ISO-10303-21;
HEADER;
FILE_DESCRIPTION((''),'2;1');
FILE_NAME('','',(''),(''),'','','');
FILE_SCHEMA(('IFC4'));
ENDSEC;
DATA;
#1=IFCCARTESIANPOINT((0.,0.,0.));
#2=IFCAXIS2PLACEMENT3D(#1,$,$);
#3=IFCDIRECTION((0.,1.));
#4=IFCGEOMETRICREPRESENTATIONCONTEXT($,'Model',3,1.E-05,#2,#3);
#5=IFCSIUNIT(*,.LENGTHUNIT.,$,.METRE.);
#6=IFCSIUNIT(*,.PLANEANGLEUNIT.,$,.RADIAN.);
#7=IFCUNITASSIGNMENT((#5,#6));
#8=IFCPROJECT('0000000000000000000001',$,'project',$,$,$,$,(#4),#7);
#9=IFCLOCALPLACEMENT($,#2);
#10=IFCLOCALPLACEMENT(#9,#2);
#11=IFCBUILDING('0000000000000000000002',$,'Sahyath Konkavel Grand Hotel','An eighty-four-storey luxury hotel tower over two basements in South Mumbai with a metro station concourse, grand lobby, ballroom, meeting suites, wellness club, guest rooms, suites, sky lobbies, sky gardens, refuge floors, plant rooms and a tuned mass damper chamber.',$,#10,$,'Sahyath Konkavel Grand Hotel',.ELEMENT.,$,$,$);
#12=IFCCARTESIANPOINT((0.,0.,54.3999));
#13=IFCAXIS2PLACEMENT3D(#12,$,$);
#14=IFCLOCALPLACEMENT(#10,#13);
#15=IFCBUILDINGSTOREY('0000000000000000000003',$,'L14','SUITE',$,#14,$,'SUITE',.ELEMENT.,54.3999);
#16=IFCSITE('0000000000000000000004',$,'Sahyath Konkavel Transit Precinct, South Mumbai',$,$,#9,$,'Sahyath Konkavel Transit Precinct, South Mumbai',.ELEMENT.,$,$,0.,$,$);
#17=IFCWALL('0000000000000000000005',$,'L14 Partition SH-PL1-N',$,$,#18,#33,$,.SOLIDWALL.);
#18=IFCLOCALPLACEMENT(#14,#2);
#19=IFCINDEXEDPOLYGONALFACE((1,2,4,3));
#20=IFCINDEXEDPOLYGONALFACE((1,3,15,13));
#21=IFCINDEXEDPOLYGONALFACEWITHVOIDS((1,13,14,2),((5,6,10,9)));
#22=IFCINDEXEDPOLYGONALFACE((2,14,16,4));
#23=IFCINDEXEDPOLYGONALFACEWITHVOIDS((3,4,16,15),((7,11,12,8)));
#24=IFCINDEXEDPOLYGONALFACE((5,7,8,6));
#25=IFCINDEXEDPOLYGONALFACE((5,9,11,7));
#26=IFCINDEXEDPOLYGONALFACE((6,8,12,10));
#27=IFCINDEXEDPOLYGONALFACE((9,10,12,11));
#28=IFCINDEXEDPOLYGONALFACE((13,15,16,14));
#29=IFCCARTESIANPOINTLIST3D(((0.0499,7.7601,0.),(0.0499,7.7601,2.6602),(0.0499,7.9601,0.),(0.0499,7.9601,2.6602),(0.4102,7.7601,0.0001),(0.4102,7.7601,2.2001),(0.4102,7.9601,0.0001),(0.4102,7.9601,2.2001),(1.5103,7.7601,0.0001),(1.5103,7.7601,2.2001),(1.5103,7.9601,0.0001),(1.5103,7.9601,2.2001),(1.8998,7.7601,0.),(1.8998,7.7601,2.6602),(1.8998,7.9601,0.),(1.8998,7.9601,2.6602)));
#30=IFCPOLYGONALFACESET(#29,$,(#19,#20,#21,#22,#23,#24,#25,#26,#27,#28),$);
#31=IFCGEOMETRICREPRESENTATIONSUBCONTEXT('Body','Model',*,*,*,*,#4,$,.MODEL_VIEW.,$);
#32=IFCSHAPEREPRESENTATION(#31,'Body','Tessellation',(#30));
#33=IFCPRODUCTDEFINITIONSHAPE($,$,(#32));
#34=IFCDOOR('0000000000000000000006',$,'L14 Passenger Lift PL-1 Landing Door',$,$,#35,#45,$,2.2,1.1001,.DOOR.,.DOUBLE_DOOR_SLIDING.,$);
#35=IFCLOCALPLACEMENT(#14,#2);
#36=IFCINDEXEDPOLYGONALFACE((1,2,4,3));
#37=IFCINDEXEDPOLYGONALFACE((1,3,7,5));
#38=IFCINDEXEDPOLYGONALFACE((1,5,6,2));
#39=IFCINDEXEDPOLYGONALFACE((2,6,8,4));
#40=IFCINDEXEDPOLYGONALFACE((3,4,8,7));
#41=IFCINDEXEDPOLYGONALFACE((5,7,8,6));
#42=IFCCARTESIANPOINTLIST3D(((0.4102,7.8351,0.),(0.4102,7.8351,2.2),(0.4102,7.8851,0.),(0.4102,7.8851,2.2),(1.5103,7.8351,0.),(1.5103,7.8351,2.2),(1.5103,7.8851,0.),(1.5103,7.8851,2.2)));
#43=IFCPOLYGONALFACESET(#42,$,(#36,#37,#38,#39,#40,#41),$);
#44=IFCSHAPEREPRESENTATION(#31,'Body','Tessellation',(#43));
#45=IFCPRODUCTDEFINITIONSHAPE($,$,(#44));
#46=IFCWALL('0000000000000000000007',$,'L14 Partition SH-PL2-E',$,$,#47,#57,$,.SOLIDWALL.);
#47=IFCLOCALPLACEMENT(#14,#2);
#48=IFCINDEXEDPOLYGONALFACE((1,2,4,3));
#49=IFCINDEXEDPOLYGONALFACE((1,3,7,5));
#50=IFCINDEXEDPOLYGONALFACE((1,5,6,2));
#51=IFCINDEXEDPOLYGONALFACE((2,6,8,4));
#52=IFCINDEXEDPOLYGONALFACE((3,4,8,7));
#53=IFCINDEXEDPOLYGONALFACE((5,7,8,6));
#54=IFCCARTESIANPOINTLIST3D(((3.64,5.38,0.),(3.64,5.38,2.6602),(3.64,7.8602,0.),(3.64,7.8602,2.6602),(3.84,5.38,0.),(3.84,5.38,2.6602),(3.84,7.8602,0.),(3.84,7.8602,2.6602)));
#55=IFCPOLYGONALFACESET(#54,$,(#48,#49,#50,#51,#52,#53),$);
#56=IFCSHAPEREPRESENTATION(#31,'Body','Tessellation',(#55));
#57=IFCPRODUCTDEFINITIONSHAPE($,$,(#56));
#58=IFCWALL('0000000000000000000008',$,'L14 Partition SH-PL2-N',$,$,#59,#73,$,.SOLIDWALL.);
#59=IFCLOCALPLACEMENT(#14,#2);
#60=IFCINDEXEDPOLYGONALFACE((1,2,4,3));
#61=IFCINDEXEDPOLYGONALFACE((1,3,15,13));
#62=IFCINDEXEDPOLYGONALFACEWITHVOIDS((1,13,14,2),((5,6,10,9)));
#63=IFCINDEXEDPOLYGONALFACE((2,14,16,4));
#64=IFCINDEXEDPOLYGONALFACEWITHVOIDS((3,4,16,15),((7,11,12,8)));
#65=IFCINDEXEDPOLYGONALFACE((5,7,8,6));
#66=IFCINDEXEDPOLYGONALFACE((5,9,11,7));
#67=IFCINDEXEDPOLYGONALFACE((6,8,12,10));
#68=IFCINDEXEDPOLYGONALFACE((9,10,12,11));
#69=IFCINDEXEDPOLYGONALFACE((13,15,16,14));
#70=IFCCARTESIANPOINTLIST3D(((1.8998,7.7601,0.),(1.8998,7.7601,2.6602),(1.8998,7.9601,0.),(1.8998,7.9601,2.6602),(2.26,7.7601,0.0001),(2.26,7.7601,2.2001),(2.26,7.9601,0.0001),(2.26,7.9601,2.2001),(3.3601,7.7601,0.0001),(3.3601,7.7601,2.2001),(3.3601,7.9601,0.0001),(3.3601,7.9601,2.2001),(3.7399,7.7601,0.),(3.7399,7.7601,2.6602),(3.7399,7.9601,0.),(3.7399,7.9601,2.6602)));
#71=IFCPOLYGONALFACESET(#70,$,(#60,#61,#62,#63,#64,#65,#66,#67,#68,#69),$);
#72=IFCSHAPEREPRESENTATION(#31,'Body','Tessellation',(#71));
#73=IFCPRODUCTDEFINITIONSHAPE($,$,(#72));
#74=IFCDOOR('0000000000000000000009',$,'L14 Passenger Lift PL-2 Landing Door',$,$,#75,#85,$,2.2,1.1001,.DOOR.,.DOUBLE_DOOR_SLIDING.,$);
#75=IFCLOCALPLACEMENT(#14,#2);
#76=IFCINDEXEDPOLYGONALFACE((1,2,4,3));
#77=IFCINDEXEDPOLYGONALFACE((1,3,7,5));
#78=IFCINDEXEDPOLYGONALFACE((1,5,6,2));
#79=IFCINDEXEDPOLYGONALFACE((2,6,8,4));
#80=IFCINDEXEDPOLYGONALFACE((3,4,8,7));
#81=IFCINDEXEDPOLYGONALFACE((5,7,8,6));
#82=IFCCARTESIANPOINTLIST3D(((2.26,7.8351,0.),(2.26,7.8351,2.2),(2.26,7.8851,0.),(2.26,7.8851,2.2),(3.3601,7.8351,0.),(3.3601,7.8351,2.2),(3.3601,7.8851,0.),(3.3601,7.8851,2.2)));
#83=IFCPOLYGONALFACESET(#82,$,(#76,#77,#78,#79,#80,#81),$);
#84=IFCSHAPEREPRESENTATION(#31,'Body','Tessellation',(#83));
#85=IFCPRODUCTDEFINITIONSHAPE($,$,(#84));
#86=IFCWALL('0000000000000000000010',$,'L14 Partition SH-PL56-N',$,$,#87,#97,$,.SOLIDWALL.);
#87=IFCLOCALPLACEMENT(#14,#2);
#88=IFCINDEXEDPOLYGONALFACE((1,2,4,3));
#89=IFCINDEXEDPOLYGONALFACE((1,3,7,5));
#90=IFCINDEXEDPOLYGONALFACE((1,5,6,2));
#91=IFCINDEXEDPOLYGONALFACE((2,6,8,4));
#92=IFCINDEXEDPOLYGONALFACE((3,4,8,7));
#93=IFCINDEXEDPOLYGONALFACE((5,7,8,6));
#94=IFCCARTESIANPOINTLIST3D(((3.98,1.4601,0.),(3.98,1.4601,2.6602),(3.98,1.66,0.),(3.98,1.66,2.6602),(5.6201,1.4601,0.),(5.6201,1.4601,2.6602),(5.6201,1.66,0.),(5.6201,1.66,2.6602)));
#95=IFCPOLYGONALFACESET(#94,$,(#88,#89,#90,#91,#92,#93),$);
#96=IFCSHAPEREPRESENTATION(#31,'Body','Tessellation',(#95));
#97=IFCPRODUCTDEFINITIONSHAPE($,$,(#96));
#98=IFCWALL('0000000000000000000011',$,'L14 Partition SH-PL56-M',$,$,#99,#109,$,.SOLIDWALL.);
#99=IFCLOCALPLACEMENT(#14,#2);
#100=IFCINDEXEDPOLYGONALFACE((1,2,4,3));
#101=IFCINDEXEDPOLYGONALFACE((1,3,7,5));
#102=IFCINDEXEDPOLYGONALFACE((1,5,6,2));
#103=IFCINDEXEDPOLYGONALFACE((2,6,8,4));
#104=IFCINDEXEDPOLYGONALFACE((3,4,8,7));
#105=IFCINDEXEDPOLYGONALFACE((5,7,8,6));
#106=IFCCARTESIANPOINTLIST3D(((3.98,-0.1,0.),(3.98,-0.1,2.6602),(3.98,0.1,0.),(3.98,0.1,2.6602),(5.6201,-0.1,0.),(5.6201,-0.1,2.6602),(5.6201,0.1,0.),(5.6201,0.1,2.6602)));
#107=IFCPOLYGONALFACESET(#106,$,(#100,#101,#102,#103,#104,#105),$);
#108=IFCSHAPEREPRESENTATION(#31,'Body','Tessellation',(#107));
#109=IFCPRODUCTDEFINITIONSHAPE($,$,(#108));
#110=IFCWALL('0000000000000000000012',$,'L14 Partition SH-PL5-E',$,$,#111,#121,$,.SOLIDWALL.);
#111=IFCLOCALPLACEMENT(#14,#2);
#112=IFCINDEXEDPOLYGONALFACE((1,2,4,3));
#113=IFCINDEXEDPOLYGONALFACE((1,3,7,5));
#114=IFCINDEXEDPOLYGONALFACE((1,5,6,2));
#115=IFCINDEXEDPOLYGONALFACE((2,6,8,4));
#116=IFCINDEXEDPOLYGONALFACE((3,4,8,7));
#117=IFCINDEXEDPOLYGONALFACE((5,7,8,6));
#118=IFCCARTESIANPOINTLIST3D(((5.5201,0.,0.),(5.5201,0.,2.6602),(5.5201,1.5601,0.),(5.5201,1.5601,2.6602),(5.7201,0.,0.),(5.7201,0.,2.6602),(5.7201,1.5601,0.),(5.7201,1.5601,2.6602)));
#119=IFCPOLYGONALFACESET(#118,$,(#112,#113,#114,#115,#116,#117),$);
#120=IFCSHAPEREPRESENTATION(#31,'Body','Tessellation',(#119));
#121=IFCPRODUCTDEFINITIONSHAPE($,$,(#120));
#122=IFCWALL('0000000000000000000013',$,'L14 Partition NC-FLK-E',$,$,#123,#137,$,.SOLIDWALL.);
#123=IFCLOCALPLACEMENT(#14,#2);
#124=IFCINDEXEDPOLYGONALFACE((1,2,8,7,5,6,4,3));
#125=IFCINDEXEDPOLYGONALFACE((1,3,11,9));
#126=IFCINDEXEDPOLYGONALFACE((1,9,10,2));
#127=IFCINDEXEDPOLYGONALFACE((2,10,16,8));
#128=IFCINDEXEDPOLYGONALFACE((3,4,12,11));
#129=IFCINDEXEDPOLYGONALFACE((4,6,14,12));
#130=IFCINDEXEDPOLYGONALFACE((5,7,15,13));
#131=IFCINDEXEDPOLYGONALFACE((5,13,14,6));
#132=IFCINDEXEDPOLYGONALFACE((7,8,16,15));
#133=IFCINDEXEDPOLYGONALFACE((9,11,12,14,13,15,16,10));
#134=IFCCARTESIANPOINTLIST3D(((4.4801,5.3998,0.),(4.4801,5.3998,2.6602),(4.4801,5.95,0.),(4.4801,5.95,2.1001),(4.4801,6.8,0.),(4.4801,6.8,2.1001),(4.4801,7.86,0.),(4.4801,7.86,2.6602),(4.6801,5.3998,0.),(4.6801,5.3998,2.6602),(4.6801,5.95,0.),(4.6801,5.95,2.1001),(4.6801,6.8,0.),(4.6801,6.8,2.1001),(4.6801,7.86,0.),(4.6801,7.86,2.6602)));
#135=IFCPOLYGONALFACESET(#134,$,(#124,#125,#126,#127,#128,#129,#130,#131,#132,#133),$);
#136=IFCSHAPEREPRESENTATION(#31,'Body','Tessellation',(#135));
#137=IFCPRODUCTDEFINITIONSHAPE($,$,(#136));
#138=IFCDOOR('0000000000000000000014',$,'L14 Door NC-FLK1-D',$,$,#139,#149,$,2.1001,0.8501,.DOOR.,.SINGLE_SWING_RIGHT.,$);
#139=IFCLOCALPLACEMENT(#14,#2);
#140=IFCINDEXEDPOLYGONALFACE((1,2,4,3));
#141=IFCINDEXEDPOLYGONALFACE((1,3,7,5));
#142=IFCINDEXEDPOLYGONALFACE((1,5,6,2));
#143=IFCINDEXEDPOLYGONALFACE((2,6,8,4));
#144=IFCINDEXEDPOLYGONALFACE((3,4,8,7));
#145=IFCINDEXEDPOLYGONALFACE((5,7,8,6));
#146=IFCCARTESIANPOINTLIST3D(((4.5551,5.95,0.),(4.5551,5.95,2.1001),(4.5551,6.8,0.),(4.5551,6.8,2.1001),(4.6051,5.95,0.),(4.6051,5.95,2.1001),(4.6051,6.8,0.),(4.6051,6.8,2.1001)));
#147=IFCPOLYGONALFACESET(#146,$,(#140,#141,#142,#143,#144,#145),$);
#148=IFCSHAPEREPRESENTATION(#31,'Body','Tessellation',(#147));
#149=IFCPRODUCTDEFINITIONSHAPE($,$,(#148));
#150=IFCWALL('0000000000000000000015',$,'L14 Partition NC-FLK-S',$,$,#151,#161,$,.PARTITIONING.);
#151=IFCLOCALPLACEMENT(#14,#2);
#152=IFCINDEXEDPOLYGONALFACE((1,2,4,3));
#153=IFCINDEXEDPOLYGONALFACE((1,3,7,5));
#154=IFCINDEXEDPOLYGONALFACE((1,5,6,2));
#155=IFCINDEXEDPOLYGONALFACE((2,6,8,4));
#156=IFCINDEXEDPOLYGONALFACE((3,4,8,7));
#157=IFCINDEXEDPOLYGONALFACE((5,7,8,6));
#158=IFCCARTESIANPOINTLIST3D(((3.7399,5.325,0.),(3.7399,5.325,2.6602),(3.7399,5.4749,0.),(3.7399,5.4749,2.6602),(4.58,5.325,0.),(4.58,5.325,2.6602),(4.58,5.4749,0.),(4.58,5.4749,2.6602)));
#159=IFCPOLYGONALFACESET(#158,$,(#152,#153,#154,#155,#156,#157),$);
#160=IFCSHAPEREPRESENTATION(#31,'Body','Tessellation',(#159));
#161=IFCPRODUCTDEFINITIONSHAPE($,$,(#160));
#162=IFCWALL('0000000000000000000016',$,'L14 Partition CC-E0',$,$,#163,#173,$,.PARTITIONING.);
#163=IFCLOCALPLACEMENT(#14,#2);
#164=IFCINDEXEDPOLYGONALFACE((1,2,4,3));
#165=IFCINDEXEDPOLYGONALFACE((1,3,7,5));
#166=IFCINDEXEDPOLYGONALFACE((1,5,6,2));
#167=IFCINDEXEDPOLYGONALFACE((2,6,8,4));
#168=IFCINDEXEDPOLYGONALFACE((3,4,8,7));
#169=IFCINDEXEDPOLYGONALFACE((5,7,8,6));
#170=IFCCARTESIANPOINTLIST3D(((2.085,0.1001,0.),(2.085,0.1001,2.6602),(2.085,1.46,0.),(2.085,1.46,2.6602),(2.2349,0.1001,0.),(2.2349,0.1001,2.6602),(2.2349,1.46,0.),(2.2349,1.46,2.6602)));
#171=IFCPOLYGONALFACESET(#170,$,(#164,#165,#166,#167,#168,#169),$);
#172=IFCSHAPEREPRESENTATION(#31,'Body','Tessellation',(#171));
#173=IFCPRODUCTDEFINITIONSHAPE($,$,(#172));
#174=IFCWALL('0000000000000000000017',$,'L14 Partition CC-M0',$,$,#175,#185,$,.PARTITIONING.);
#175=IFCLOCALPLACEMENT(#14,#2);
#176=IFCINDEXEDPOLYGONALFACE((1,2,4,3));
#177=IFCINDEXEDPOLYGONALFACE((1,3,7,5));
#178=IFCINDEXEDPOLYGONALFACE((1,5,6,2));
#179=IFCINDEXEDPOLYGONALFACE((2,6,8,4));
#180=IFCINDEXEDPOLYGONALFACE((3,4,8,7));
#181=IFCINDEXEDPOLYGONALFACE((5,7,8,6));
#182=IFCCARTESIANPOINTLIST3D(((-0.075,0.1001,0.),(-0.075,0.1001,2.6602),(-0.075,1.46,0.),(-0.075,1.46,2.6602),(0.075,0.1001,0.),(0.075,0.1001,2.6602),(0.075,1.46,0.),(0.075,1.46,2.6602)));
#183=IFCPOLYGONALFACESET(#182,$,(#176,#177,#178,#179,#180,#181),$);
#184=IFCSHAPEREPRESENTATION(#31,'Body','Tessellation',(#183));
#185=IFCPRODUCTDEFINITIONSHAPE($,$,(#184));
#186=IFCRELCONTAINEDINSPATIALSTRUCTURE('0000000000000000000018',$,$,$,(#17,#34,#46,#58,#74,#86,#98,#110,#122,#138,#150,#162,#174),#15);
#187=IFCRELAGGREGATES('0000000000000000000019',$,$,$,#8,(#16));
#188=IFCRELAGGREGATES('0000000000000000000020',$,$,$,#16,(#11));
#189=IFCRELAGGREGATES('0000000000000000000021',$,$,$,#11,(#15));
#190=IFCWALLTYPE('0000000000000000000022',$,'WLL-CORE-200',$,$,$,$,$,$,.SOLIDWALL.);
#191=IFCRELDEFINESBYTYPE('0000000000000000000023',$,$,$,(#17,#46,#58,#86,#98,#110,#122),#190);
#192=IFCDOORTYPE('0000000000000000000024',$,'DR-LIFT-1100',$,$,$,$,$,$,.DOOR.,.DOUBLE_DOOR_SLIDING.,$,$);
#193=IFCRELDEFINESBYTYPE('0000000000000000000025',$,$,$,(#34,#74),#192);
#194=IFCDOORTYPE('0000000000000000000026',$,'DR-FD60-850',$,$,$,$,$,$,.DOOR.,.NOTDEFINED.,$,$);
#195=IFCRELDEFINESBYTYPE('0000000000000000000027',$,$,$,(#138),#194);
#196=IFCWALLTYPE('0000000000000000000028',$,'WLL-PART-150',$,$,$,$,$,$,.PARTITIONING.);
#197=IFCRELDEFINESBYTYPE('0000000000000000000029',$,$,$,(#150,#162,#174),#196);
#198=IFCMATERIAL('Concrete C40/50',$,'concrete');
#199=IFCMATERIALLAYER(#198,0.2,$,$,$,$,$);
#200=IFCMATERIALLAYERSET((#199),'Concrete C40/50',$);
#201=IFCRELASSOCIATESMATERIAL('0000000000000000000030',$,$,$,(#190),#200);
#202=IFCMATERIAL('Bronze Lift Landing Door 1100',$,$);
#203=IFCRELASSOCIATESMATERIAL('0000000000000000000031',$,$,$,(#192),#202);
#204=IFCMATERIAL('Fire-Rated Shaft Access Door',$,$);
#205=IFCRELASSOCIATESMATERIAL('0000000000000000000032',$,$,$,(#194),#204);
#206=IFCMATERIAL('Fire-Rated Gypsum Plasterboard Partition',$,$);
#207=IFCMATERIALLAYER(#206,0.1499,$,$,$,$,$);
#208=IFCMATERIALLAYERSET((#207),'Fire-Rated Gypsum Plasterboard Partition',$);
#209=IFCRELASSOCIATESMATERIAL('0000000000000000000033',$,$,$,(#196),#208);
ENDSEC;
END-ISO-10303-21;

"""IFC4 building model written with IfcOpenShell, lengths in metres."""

from ifc_helpers import new_model, si_unit, direction, frame, frame_2d, origin, origin_2d, place, context, subcontext, project, spatial, rectangle, extrude, source, transform, mapped, material, layer, layer_set, type_object, element, fill, save


model = new_model("IFC4")

# Units and contexts
model_context = context("Model", 3, precision=1e-05, world=origin(), true_north=direction((0.0, 1.0)))
body_context = subcontext(model_context, "Body", "Model", "MODEL_VIEW")
ifc_project = project(units=[si_unit("LENGTHUNIT", "METRE"), si_unit("PLANEANGLEUNIT", "RADIAN")], contexts=[model_context])

# Site, building, storey
site_placement = place(None, origin())
site = spatial("IfcSite", under=ifc_project, at=site_placement, Name="Sahyath Konkavel Transit Precinct, South Mumbai", LongName="Sahyath Konkavel Transit Precinct, South Mumbai", CompositionType="ELEMENT", RefElevation=0.0)
building_placement = place(site_placement, origin())
building = spatial("IfcBuilding", under=site, at=building_placement, Name="Sahyath Konkavel Grand Hotel", Description="An eighty-four-storey luxury hotel tower over two basements in South Mumbai with a metro station concourse, grand lobby, ballroom, meeting suites, wellness club, guest rooms, suites, sky lobbies, sky gardens, refuge floors, plant rooms and a tuned mass damper chamber.", LongName="Sahyath Konkavel Grand Hotel", CompositionType="ELEMENT")
storey_placement = place(building_placement, frame((0.0, 0.0, 54.3999)))
storey = spatial("IfcBuildingStorey", under=building, at=storey_placement, Name="L14", Description="SUITE", LongName="SUITE", CompositionType="ELEMENT", Elevation=54.3999)

# Shared definitions
ifc_material_1 = material(Name="Concrete C40/50", Category="concrete")

# Shared definitions
ifc_layer_1 = layer(ifc_material_1, 0.2)
ifc_layer_set_1 = layer_set([ifc_layer_1], Name="Concrete C40/50")
wall_type_1 = type_object("IfcWallType", Name="WLL-CORE-200", PredefinedType="SOLIDWALL", material=ifc_layer_set_1)

# Shared definitions
ifc_material_2 = material(Name="Bronze Lift Landing Door 1100")
door_type_1 = type_object("IfcDoorType", Name="DR-LIFT-1100", OperationType="DOUBLE_DOOR_SLIDING", PredefinedType="DOOR", material=ifc_material_2)
shared_shape_1 = source(origin(), body_context, "Body", "SweptSolid", [
    extrude(rectangle(XDim=1.1001, YDim=0.05, at=origin_2d()), origin(), (0.0, 0.0, 1.0), 2.2),
])

# Wall, opening, door
wall_1_placement = place(storey_placement, frame((0.05, 7.8601, 0.0), z_axis=(0.0, 0.0, 1.0), x_axis=(1.0, 0.0, 0.0)))
wall_1 = element("IfcWall", 1, at=wall_1_placement, inside=storey, type_object=wall_type_1, Name="L14 Partition SH-PL1-N", PredefinedType="SOLIDWALL", context=body_context, shape_type="SweptSolid", body=[
    extrude(rectangle(XDim=1.8499, YDim=0.2, at=frame_2d((0.9248, 0.0))), origin(), (0.0, 0.0, 1.0), 2.6602),
])
opening_1_placement = place(wall_1_placement, frame((0.3601, 0.0, 0.0)))
opening_1 = element("IfcOpeningElement", 2, at=opening_1_placement, cuts=wall_1, PredefinedType="OPENING", context=body_context, shape_type="SweptSolid", body=[
    extrude(rectangle(XDim=1.1001, YDim=2.2, at=frame_2d((0.55, 1.1001))), frame((0.0, 0.1099, 0.0), z_axis=(0.0, -1.0, 0.0), x_axis=(1.0, 0.0, 0.0)), (0.0, 0.0, 1.0), 0.22),
])
door_1_placement = place(opening_1_placement, frame((0.55, 0.0, 0.0)))
door_1 = element("IfcDoor", 3, at=door_1_placement, inside=storey, type_object=door_type_1, Name="L14 Passenger Lift PL-1 Landing Door", OperationType="DOUBLE_DOOR_SLIDING", OverallHeight=2.2, OverallWidth=1.1001, PredefinedType="DOOR", context=body_context, shape_type="MappedRepresentation", body=[
    mapped(shared_shape_1, transform((0.0, 0.0, 0.0), scale=1.0)),
])
fill(opening_1, door_1)

# Wall
wall_2_placement = place(storey_placement, frame((3.74, 5.3799, 0.0), z_axis=(0.0, 0.0, 1.0), x_axis=(0.0, 1.0, 0.0)))
element("IfcWall", 4, at=wall_2_placement, inside=storey, type_object=wall_type_1, Name="L14 Partition SH-PL2-E", PredefinedType="SOLIDWALL", context=body_context, shape_type="SweptSolid", body=[
    extrude(rectangle(XDim=2.4802, YDim=0.2, at=frame_2d((1.2402, 0.0))), origin(), (0.0, 0.0, 1.0), 2.6602),
])

# Wall, opening, door
wall_3_placement = place(storey_placement, frame((1.8999, 7.8601, 0.0), z_axis=(0.0, 0.0, 1.0), x_axis=(1.0, 0.0, 0.0)))
wall_3 = element("IfcWall", 5, at=wall_3_placement, inside=storey, type_object=wall_type_1, Name="L14 Partition SH-PL2-N", PredefinedType="SOLIDWALL", context=body_context, shape_type="SweptSolid", body=[
    extrude(rectangle(XDim=1.8401, YDim=0.2, at=frame_2d((0.9199, 0.0))), origin(), (0.0, 0.0, 1.0), 2.6602),
])
opening_2_placement = place(wall_3_placement, frame((0.3601, 0.0, 0.0)))
opening_2 = element("IfcOpeningElement", 6, at=opening_2_placement, cuts=wall_3, PredefinedType="OPENING", context=body_context, shape_type="SweptSolid", body=[
    extrude(rectangle(XDim=1.1001, YDim=2.2, at=frame_2d((0.55, 1.1001))), frame((0.0, 0.1099, 0.0), z_axis=(0.0, -1.0, 0.0), x_axis=(1.0, 0.0, 0.0)), (0.0, 0.0, 1.0), 0.22),
])
door_2_placement = place(opening_2_placement, frame((0.55, 0.0, 0.0)))
door_2 = element("IfcDoor", 7, at=door_2_placement, inside=storey, type_object=door_type_1, Name="L14 Passenger Lift PL-2 Landing Door", OperationType="DOUBLE_DOOR_SLIDING", OverallHeight=2.2, OverallWidth=1.1001, PredefinedType="DOOR", context=body_context, shape_type="MappedRepresentation", body=[
    mapped(shared_shape_1, transform((0.0, 0.0, 0.0), scale=1.0)),
])
fill(opening_2, door_2)

# Walls
for number, where, z_axis, x_axis, name in (
    (8, (3.98, 1.5601, 0.0), (0.0, 0.0, 1.0), (1.0, 0.0, 0.0), "L14 Partition SH-PL56-N"),
    (9, (3.98, 0.0, 0.0), (0.0, 0.0, 1.0), (1.0, 0.0, 0.0), "L14 Partition SH-PL56-M"),
):
    element("IfcWall", number, at=place(storey_placement, frame(where, z_axis=z_axis, x_axis=x_axis)), inside=storey, type_object=wall_type_1, Name=name, PredefinedType="SOLIDWALL", context=body_context, shape_type="SweptSolid", body=[
        extrude(rectangle(XDim=1.6401, YDim=0.2, at=frame_2d((0.8201, 0.0))), origin(), (0.0, 0.0, 1.0), 2.6602),
    ])
wall_4_placement = place(storey_placement, frame((5.6201, 0.0, 0.0), z_axis=(0.0, 0.0, 1.0), x_axis=(0.0, 1.0, 0.0)))
element("IfcWall", 10, at=wall_4_placement, inside=storey, type_object=wall_type_1, Name="L14 Partition SH-PL5-E", PredefinedType="SOLIDWALL", context=body_context, shape_type="SweptSolid", body=[
    extrude(rectangle(XDim=1.5601, YDim=0.2, at=frame_2d((0.78, 0.0))), origin(), (0.0, 0.0, 1.0), 2.6602),
])

# Wall, opening, door
wall_5_placement = place(storey_placement, frame((4.5801, 5.3999, 0.0), z_axis=(0.0, 0.0, 1.0), x_axis=(0.0, 1.0, 0.0)))
wall_5 = element("IfcWall", 11, at=wall_5_placement, inside=storey, type_object=wall_type_1, Name="L14 Partition NC-FLK-E", PredefinedType="SOLIDWALL", context=body_context, shape_type="SweptSolid", body=[
    extrude(rectangle(XDim=2.4602, YDim=0.2, at=frame_2d((1.23, 0.0))), origin(), (0.0, 0.0, 1.0), 2.6602),
])
opening_3_placement = place(wall_5_placement, frame((0.55, 0.0, 0.0)))
opening_3 = element("IfcOpeningElement", 12, at=opening_3_placement, cuts=wall_5, PredefinedType="OPENING", context=body_context, shape_type="SweptSolid", body=[
    extrude(rectangle(XDim=0.8501, YDim=2.1001, at=frame_2d((0.425, 1.05))), frame((0.0, 0.1099, 0.0), z_axis=(0.0, -1.0, 0.0), x_axis=(1.0, 0.0, 0.0)), (0.0, 0.0, 1.0), 0.22),
])
ifc_material_3 = material(Name="Fire-Rated Shaft Access Door")
door_type_2 = type_object("IfcDoorType", Name="DR-FD60-850", OperationType="NOTDEFINED", PredefinedType="DOOR", material=ifc_material_3)
shared_shape_2 = source(origin(), body_context, "Body", "SweptSolid", [
    extrude(rectangle(XDim=0.8501, YDim=0.05, at=origin_2d()), origin(), (0.0, 0.0, 1.0), 2.1001),
])
door_3_placement = place(opening_3_placement, frame((0.425, 0.0, 0.0)))
door_3 = element("IfcDoor", 13, at=door_3_placement, inside=storey, type_object=door_type_2, Name="L14 Door NC-FLK1-D", OperationType="SINGLE_SWING_RIGHT", OverallHeight=2.1001, OverallWidth=0.8501, PredefinedType="DOOR", context=body_context, shape_type="MappedRepresentation", body=[
    mapped(shared_shape_2, transform((0.0, 0.0, 0.0), scale=1.0)),
])
fill(opening_3, door_3)

# Walls
ifc_material_4 = material(Name="Fire-Rated Gypsum Plasterboard Partition")
ifc_layer_2 = layer(ifc_material_4, 0.1499)
ifc_layer_set_2 = layer_set([ifc_layer_2], Name="Fire-Rated Gypsum Plasterboard Partition")
wall_type_2 = type_object("IfcWallType", Name="WLL-PART-150", PredefinedType="PARTITIONING", material=ifc_layer_set_2)
wall_6_placement = place(storey_placement, frame((3.74, 5.3999, 0.0), z_axis=(0.0, 0.0, 1.0), x_axis=(1.0, 0.0, 0.0)))
element("IfcWall", 14, at=wall_6_placement, inside=storey, type_object=wall_type_2, Name="L14 Partition NC-FLK-S", PredefinedType="PARTITIONING", context=body_context, shape_type="SweptSolid", body=[
    extrude(rectangle(XDim=0.8401, YDim=0.1499, at=frame_2d((0.4199, 0.0))), origin(), (0.0, 0.0, 1.0), 2.6602),
])
for number, where, z_axis, x_axis, name in (
    (15, (2.1599, 0.1001, 0.0), (0.0, 0.0, 1.0), (0.0, 1.0, 0.0), "L14 Partition CC-E0"),
    (16, (0.0, 0.1001, 0.0), (0.0, 0.0, 1.0), (0.0, 1.0, 0.0), "L14 Partition CC-M0"),
):
    element("IfcWall", number, at=place(storey_placement, frame(where, z_axis=z_axis, x_axis=x_axis)), inside=storey, type_object=wall_type_2, Name=name, PredefinedType="PARTITIONING", context=body_context, shape_type="SweptSolid", body=[
        extrude(rectangle(XDim=1.3599, YDim=0.1499, at=frame_2d((0.6799, 0.0))), origin(), (0.0, 0.0, 1.0), 2.6602),
    ])

save(model, "model.ifc")
